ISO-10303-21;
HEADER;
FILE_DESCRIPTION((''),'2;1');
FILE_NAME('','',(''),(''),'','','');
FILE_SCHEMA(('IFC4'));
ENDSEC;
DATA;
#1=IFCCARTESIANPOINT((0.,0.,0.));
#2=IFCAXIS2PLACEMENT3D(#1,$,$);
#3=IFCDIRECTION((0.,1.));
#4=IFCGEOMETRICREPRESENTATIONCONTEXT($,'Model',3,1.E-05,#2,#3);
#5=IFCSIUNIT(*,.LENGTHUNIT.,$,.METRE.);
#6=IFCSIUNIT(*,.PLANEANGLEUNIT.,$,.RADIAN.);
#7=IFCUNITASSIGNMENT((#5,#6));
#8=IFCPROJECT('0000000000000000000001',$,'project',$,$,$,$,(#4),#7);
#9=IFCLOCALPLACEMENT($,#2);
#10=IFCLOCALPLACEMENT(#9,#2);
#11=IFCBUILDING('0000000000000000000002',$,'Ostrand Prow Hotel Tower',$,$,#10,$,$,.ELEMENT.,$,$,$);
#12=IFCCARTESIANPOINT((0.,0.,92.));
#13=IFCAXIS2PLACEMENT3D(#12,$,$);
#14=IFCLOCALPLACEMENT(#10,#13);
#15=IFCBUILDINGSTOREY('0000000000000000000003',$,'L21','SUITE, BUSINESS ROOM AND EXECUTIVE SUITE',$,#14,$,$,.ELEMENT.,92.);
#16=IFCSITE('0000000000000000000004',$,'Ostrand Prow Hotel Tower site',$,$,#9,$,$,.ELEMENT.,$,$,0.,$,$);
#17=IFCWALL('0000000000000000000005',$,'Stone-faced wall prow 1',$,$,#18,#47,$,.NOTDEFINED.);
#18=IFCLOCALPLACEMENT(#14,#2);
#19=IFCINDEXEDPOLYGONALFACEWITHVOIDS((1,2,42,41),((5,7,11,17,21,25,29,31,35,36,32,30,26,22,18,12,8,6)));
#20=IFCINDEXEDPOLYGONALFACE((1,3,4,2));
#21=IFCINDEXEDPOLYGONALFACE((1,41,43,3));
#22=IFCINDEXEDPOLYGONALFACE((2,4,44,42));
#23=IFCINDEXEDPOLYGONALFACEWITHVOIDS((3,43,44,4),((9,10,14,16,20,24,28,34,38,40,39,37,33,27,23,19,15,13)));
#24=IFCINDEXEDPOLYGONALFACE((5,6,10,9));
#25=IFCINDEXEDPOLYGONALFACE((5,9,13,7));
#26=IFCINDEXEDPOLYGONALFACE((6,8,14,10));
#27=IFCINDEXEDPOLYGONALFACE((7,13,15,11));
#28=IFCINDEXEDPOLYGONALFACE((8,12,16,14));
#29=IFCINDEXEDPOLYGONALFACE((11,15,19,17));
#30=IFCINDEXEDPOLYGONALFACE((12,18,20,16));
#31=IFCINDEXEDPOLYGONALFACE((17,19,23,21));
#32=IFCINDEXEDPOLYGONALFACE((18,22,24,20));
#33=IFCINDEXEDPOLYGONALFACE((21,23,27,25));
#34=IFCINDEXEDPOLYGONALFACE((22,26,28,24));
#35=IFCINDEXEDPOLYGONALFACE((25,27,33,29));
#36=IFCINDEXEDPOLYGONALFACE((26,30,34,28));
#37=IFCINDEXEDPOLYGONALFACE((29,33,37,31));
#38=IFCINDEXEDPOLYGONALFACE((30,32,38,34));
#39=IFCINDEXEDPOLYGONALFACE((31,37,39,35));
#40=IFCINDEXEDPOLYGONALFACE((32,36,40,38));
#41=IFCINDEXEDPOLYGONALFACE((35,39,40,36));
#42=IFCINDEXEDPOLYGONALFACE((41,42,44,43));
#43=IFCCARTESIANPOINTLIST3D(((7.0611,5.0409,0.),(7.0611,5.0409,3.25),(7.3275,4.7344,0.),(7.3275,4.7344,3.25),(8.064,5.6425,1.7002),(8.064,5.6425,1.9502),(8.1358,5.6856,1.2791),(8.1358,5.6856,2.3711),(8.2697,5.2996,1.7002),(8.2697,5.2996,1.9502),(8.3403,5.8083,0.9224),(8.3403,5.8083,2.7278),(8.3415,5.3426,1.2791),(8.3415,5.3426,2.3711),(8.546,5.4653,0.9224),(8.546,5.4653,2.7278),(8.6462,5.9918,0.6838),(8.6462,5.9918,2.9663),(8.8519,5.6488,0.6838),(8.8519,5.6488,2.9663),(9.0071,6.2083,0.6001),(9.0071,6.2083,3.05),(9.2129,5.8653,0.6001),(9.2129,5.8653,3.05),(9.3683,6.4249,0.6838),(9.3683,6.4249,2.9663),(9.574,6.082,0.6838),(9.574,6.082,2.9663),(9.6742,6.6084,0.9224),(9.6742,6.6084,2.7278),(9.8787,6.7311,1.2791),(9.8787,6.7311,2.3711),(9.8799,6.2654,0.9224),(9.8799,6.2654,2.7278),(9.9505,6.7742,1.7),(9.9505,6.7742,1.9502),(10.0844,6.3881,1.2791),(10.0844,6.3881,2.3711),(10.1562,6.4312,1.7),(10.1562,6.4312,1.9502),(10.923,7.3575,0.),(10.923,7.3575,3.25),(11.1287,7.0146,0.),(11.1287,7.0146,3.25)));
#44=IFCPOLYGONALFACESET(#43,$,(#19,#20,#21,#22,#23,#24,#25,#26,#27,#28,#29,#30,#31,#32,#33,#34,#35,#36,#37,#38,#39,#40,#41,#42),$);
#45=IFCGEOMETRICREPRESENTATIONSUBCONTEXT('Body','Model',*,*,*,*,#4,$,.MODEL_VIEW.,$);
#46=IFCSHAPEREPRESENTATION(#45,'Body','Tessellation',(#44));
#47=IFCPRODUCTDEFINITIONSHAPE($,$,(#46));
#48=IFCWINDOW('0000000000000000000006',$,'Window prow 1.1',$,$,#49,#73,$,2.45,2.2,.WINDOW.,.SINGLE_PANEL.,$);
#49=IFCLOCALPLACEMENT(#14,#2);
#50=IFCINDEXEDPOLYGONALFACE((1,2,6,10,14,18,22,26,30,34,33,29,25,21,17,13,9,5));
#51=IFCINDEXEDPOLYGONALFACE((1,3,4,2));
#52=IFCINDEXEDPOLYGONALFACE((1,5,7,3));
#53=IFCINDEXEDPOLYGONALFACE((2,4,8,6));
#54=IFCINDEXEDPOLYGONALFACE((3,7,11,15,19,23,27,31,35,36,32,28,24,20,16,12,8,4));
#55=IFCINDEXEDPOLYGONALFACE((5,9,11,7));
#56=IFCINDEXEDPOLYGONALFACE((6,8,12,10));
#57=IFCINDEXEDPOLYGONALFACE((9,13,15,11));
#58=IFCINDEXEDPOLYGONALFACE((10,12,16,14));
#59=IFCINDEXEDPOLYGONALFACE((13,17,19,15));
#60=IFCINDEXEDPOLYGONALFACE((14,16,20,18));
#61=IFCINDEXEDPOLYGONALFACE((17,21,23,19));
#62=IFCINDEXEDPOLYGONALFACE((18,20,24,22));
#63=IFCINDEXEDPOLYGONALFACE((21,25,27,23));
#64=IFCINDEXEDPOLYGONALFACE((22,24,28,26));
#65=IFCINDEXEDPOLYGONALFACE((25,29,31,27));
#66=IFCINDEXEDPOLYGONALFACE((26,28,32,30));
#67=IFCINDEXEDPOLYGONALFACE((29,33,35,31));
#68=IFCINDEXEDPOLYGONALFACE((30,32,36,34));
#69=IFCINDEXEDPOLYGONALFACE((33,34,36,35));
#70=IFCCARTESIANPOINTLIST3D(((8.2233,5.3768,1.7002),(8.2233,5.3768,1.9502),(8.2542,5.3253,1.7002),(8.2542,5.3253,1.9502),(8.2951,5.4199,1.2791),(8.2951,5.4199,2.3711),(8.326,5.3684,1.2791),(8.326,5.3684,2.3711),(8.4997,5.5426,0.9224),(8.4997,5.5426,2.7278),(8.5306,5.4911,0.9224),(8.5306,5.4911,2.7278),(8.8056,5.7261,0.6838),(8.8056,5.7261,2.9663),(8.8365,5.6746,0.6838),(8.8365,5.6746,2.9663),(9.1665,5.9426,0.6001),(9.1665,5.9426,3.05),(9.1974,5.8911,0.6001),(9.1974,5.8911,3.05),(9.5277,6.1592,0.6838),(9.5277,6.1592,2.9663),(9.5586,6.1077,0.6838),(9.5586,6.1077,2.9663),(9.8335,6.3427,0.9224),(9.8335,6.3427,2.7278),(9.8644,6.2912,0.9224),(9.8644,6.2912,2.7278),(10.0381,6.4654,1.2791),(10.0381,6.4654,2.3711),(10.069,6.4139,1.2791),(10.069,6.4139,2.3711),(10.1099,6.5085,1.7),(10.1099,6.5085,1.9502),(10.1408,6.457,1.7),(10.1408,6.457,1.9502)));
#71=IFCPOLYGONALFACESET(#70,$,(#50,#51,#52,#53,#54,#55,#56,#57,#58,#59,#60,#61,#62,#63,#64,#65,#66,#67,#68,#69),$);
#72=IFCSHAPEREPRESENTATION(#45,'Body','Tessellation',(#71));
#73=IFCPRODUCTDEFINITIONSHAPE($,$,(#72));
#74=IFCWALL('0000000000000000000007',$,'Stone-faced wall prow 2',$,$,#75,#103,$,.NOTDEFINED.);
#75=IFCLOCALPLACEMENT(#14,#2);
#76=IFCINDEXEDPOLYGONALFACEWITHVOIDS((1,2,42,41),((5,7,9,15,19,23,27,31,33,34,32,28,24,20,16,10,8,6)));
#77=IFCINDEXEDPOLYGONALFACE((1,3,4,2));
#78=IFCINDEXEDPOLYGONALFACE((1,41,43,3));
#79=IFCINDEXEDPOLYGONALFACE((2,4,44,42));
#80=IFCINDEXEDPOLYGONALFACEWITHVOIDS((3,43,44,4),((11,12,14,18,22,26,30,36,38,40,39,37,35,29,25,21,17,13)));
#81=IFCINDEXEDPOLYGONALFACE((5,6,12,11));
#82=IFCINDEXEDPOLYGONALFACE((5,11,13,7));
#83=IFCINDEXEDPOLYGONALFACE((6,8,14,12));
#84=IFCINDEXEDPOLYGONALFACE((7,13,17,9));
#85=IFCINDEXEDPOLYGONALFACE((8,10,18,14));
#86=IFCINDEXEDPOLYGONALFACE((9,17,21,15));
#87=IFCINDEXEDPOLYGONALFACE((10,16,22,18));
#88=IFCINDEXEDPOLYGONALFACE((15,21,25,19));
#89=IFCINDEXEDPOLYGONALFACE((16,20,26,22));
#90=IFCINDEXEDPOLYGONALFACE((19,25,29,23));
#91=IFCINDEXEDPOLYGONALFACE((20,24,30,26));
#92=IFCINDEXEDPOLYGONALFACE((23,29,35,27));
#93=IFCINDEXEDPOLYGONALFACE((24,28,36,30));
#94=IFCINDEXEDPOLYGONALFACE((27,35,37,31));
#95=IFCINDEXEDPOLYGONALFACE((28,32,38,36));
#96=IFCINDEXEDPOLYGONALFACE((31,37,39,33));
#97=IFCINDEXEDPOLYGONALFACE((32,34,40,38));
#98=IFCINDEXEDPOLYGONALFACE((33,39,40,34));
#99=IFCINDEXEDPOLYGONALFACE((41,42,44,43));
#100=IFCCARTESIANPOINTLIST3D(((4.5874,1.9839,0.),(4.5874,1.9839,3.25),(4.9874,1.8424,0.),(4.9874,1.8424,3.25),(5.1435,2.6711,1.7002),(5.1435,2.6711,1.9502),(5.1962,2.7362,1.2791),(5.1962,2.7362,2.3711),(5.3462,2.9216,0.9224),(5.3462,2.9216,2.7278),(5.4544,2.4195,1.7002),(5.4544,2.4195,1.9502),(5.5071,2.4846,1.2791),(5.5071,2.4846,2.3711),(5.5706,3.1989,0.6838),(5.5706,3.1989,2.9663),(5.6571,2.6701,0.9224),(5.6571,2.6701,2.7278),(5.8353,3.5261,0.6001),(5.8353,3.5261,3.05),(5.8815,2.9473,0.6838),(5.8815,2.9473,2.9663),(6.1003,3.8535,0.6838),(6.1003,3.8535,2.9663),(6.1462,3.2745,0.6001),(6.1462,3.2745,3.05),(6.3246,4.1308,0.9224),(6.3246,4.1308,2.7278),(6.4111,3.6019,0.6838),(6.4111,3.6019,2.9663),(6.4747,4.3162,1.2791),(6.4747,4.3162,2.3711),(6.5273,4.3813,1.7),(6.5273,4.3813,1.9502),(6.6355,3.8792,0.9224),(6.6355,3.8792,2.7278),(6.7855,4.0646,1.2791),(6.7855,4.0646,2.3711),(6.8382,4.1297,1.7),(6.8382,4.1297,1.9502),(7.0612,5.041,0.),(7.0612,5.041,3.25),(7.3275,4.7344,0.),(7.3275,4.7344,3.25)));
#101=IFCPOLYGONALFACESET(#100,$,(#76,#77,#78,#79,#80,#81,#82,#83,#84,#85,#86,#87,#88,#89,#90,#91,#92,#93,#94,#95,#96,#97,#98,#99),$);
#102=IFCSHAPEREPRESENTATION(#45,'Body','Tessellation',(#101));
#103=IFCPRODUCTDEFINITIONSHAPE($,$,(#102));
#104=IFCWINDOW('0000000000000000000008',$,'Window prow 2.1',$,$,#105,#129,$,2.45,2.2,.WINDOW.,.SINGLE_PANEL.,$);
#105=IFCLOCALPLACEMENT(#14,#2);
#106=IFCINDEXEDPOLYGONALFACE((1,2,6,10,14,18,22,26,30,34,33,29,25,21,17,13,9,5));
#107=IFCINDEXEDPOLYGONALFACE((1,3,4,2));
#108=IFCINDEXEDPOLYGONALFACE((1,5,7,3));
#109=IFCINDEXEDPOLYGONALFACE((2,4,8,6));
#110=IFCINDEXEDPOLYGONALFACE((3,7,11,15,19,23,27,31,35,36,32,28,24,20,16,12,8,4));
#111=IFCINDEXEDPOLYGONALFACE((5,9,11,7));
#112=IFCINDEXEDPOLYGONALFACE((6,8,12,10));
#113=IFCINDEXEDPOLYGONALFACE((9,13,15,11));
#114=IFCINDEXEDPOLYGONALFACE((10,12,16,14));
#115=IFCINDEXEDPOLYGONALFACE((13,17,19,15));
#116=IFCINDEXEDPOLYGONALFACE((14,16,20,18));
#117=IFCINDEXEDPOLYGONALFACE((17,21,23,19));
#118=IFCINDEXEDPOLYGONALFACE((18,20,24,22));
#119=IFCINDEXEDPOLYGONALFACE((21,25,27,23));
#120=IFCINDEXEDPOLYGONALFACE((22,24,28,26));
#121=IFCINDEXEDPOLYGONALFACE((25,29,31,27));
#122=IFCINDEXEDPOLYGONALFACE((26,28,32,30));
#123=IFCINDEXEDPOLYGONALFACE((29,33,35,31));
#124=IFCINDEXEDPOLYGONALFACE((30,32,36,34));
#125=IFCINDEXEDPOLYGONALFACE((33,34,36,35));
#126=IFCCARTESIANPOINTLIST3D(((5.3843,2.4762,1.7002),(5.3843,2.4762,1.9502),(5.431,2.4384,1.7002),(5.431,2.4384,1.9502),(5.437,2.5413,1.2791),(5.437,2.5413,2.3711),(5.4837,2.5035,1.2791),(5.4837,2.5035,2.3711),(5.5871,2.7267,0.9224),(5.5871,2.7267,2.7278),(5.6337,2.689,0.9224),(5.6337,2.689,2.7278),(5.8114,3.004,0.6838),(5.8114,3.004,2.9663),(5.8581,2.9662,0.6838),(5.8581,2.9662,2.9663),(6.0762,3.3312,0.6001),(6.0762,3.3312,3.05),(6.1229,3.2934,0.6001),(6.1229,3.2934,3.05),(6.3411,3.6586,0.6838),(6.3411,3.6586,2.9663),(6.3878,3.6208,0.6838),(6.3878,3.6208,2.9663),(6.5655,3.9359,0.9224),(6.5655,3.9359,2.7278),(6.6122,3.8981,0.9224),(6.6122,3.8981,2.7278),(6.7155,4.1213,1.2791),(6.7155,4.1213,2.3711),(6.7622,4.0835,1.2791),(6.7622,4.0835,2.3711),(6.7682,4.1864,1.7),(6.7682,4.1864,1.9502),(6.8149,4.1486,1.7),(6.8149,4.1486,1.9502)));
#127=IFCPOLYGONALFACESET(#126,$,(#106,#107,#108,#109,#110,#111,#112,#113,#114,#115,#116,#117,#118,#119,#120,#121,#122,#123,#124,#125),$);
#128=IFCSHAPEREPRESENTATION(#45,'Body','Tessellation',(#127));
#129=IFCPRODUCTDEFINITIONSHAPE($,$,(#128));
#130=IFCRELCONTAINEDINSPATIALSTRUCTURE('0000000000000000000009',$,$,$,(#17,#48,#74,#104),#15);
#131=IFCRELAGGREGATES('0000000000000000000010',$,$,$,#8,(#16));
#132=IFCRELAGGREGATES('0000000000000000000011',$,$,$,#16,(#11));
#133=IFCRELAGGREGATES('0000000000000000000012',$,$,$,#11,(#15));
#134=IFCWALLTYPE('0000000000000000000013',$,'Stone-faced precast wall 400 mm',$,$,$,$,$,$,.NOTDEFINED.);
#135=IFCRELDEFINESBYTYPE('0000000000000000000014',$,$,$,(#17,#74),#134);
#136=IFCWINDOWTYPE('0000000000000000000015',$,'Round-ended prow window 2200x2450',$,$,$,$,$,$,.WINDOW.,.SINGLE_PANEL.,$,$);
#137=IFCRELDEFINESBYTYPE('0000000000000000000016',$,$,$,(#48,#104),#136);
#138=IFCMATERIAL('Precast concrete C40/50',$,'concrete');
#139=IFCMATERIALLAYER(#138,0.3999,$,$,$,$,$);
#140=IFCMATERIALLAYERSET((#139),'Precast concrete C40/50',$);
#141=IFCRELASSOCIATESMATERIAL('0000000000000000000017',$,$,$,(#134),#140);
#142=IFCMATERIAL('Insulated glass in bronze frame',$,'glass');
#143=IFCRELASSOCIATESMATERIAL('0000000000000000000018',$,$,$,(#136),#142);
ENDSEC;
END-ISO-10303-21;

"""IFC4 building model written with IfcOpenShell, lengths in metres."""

from ifc_helpers import new_model, si_unit, direction, frame, origin, place, context, subcontext, project, spatial, polyline, outline, extrude, material, layer, layer_set, type_object, element, fill, save


model = new_model("IFC4")

# Units and contexts
model_context = context("Model", 3, precision=1e-05, world=origin(), true_north=direction((0.0, 1.0)))
body_context = subcontext(model_context, "Body", "Model", "MODEL_VIEW")
ifc_project = project(units=[si_unit("LENGTHUNIT", "METRE"), si_unit("PLANEANGLEUNIT", "RADIAN")], contexts=[model_context])

# Site, building, storey
site_placement = place(None, origin())
site = spatial("IfcSite", under=ifc_project, at=site_placement, Name="Ostrand Prow Hotel Tower site", CompositionType="ELEMENT", RefElevation=0.0)
building_placement = place(site_placement, origin())
building = spatial("IfcBuilding", under=site, at=building_placement, Name="Ostrand Prow Hotel Tower", CompositionType="ELEMENT")
storey_placement = place(building_placement, frame((0.0, 0.0, 92.0)))
storey = spatial("IfcBuildingStorey", under=building, at=storey_placement, Name="L21", Description="SUITE, BUSINESS ROOM AND EXECUTIVE SUITE", CompositionType="ELEMENT", Elevation=92.0)

# Walls, openings, windows
ifc_material_1 = material(Name="Precast concrete C40/50", Category="concrete")
ifc_layer_1 = layer(ifc_material_1, 0.3999)
ifc_layer_set_1 = layer_set([ifc_layer_1], Name="Precast concrete C40/50")
wall_type_1 = type_object("IfcWallType", Name="Stone-faced precast wall 400 mm", PredefinedType="NOTDEFINED", material=ifc_layer_set_1)
wall_1_placement = place(storey_placement, frame((11.0259, 7.186, 0.0), z_axis=(0.0, 0.0, 1.0), x_axis=(-0.857551, -0.514399, 0.0)))
wall_1 = element("IfcWall", 1, at=wall_1_placement, inside=storey, type_object=wall_type_1, Name="Stone-faced wall prow 1", PredefinedType="NOTDEFINED", context=body_context, shape_type="SweptSolid", body=[
    extrude(outline(polyline([(0.0, -0.2), (4.5034, -0.2), (4.4326, 0.2), (0.0, 0.2), (0.0, -0.2)])), origin(), (0.0, 0.0, 1.0), 3.25),
])
opening_1_placement = place(wall_1_placement, frame((1.134, 0.0, 0.6001)))
opening_1 = element("IfcOpeningElement", 2, at=opening_1_placement, cuts=wall_1, PredefinedType="OPENING", context=body_context, shape_type="SweptSolid", body=[
    extrude(outline(polyline([(0.0, 1.3501), (0.0837, 1.771), (0.3223, 2.1277), (0.679, 2.3662), (1.1001, 2.45), (1.521, 2.3662), (1.8777, 2.1277), (2.1162, 1.771), (2.2, 1.3501), (2.2, 1.1001), (2.1162, 0.679), (1.8777, 0.3223), (1.521, 0.0837), (1.1001, 0.0), (0.679, 0.0837), (0.3223, 0.3223), (0.0837, 0.679), (0.0, 1.0999), (0.0, 1.3501)])), frame((0.0, 0.21, 0.0), z_axis=(0.0, -1.0, 0.0), x_axis=(1.0, 0.0, 0.0)), (0.0, 0.0, 1.0), 0.4199),
])
ifc_material_2 = material(Name="Insulated glass in bronze frame", Category="glass")
window_type = type_object("IfcWindowType", Name="Round-ended prow window 2200x2450", PartitioningType="SINGLE_PANEL", PredefinedType="WINDOW", material=ifc_material_2)
window_1_placement = place(opening_1_placement, origin())
window_1 = element("IfcWindow", 3, at=window_1_placement, inside=storey, type_object=window_type, Name="Window prow 1.1", OverallHeight=2.45, OverallWidth=2.2, PartitioningType="SINGLE_PANEL", PredefinedType="WINDOW", context=body_context, shape_type="SweptSolid", body=[
    extrude(outline(polyline([(0.0, 1.3501), (0.0837, 1.771), (0.3223, 2.1277), (0.679, 2.3662), (1.1001, 2.45), (1.521, 2.3662), (1.8777, 2.1277), (2.1162, 1.771), (2.2, 1.3501), (2.2, 1.1001), (2.1162, 0.679), (1.8777, 0.3223), (1.521, 0.0837), (1.1001, 0.0), (0.679, 0.0837), (0.3223, 0.3223), (0.0837, 0.679), (0.0, 1.0999), (0.0, 1.3501)])), frame((0.0, 0.1699, 0.0), z_axis=(0.0, -1.0, 0.0), x_axis=(1.0, 0.0, 0.0)), (0.0, 0.0, 1.0), 0.0601),
])
fill(opening_1, window_1)
wall_2_placement = place(storey_placement, frame((7.1943, 4.8877, 0.0), z_axis=(0.0, 0.0, 1.0), x_axis=(-0.629035, -0.777377, 0.0)))
wall_2 = element("IfcWall", 4, at=wall_2_placement, inside=storey, type_object=wall_type_1, Name="Stone-faced wall prow 2", PredefinedType="NOTDEFINED", context=body_context, shape_type="SweptSolid", body=[
    extrude(outline(polyline([(-0.0354, -0.2), (3.8972, -0.2), (3.7556, 0.2), (0.0354, 0.2), (-0.0354, -0.2)])), origin(), (0.0, 0.0, 1.0), 3.25),
])
opening_2_placement = place(wall_2_placement, frame((0.8132, 0.0, 0.6001)))
opening_2 = element("IfcOpeningElement", 5, at=opening_2_placement, cuts=wall_2, PredefinedType="OPENING", context=body_context, shape_type="SweptSolid", body=[
    extrude(outline(polyline([(0.0, 1.3501), (0.0837, 1.771), (0.3223, 2.1277), (0.679, 2.3662), (1.1001, 2.45), (1.521, 2.3662), (1.8777, 2.1277), (2.1162, 1.771), (2.2, 1.3501), (2.2, 1.1001), (2.1162, 0.679), (1.8777, 0.3223), (1.521, 0.0837), (1.1001, 0.0), (0.679, 0.0837), (0.3223, 0.3223), (0.0837, 0.679), (0.0, 1.0999), (0.0, 1.3501)])), frame((0.0, 0.21, 0.0), z_axis=(0.0, -1.0, 0.0), x_axis=(1.0, 0.0, 0.0)), (0.0, 0.0, 1.0), 0.4199),
])
window_2_placement = place(opening_2_placement, origin())
window_2 = element("IfcWindow", 6, at=window_2_placement, inside=storey, type_object=window_type, Name="Window prow 2.1", OverallHeight=2.45, OverallWidth=2.2, PartitioningType="SINGLE_PANEL", PredefinedType="WINDOW", context=body_context, shape_type="SweptSolid", body=[
    extrude(outline(polyline([(0.0, 1.3501), (0.0837, 1.771), (0.3223, 2.1277), (0.679, 2.3662), (1.1001, 2.45), (1.521, 2.3662), (1.8777, 2.1277), (2.1162, 1.771), (2.2, 1.3501), (2.2, 1.1001), (2.1162, 0.679), (1.8777, 0.3223), (1.521, 0.0837), (1.1001, 0.0), (0.679, 0.0837), (0.3223, 0.3223), (0.0837, 0.679), (0.0, 1.0999), (0.0, 1.3501)])), frame((0.0, 0.1699, 0.0), z_axis=(0.0, -1.0, 0.0), x_axis=(1.0, 0.0, 0.0)), (0.0, 0.0, 1.0), 0.0601),
])
fill(opening_2, window_2)

save(model, "model.ifc")
